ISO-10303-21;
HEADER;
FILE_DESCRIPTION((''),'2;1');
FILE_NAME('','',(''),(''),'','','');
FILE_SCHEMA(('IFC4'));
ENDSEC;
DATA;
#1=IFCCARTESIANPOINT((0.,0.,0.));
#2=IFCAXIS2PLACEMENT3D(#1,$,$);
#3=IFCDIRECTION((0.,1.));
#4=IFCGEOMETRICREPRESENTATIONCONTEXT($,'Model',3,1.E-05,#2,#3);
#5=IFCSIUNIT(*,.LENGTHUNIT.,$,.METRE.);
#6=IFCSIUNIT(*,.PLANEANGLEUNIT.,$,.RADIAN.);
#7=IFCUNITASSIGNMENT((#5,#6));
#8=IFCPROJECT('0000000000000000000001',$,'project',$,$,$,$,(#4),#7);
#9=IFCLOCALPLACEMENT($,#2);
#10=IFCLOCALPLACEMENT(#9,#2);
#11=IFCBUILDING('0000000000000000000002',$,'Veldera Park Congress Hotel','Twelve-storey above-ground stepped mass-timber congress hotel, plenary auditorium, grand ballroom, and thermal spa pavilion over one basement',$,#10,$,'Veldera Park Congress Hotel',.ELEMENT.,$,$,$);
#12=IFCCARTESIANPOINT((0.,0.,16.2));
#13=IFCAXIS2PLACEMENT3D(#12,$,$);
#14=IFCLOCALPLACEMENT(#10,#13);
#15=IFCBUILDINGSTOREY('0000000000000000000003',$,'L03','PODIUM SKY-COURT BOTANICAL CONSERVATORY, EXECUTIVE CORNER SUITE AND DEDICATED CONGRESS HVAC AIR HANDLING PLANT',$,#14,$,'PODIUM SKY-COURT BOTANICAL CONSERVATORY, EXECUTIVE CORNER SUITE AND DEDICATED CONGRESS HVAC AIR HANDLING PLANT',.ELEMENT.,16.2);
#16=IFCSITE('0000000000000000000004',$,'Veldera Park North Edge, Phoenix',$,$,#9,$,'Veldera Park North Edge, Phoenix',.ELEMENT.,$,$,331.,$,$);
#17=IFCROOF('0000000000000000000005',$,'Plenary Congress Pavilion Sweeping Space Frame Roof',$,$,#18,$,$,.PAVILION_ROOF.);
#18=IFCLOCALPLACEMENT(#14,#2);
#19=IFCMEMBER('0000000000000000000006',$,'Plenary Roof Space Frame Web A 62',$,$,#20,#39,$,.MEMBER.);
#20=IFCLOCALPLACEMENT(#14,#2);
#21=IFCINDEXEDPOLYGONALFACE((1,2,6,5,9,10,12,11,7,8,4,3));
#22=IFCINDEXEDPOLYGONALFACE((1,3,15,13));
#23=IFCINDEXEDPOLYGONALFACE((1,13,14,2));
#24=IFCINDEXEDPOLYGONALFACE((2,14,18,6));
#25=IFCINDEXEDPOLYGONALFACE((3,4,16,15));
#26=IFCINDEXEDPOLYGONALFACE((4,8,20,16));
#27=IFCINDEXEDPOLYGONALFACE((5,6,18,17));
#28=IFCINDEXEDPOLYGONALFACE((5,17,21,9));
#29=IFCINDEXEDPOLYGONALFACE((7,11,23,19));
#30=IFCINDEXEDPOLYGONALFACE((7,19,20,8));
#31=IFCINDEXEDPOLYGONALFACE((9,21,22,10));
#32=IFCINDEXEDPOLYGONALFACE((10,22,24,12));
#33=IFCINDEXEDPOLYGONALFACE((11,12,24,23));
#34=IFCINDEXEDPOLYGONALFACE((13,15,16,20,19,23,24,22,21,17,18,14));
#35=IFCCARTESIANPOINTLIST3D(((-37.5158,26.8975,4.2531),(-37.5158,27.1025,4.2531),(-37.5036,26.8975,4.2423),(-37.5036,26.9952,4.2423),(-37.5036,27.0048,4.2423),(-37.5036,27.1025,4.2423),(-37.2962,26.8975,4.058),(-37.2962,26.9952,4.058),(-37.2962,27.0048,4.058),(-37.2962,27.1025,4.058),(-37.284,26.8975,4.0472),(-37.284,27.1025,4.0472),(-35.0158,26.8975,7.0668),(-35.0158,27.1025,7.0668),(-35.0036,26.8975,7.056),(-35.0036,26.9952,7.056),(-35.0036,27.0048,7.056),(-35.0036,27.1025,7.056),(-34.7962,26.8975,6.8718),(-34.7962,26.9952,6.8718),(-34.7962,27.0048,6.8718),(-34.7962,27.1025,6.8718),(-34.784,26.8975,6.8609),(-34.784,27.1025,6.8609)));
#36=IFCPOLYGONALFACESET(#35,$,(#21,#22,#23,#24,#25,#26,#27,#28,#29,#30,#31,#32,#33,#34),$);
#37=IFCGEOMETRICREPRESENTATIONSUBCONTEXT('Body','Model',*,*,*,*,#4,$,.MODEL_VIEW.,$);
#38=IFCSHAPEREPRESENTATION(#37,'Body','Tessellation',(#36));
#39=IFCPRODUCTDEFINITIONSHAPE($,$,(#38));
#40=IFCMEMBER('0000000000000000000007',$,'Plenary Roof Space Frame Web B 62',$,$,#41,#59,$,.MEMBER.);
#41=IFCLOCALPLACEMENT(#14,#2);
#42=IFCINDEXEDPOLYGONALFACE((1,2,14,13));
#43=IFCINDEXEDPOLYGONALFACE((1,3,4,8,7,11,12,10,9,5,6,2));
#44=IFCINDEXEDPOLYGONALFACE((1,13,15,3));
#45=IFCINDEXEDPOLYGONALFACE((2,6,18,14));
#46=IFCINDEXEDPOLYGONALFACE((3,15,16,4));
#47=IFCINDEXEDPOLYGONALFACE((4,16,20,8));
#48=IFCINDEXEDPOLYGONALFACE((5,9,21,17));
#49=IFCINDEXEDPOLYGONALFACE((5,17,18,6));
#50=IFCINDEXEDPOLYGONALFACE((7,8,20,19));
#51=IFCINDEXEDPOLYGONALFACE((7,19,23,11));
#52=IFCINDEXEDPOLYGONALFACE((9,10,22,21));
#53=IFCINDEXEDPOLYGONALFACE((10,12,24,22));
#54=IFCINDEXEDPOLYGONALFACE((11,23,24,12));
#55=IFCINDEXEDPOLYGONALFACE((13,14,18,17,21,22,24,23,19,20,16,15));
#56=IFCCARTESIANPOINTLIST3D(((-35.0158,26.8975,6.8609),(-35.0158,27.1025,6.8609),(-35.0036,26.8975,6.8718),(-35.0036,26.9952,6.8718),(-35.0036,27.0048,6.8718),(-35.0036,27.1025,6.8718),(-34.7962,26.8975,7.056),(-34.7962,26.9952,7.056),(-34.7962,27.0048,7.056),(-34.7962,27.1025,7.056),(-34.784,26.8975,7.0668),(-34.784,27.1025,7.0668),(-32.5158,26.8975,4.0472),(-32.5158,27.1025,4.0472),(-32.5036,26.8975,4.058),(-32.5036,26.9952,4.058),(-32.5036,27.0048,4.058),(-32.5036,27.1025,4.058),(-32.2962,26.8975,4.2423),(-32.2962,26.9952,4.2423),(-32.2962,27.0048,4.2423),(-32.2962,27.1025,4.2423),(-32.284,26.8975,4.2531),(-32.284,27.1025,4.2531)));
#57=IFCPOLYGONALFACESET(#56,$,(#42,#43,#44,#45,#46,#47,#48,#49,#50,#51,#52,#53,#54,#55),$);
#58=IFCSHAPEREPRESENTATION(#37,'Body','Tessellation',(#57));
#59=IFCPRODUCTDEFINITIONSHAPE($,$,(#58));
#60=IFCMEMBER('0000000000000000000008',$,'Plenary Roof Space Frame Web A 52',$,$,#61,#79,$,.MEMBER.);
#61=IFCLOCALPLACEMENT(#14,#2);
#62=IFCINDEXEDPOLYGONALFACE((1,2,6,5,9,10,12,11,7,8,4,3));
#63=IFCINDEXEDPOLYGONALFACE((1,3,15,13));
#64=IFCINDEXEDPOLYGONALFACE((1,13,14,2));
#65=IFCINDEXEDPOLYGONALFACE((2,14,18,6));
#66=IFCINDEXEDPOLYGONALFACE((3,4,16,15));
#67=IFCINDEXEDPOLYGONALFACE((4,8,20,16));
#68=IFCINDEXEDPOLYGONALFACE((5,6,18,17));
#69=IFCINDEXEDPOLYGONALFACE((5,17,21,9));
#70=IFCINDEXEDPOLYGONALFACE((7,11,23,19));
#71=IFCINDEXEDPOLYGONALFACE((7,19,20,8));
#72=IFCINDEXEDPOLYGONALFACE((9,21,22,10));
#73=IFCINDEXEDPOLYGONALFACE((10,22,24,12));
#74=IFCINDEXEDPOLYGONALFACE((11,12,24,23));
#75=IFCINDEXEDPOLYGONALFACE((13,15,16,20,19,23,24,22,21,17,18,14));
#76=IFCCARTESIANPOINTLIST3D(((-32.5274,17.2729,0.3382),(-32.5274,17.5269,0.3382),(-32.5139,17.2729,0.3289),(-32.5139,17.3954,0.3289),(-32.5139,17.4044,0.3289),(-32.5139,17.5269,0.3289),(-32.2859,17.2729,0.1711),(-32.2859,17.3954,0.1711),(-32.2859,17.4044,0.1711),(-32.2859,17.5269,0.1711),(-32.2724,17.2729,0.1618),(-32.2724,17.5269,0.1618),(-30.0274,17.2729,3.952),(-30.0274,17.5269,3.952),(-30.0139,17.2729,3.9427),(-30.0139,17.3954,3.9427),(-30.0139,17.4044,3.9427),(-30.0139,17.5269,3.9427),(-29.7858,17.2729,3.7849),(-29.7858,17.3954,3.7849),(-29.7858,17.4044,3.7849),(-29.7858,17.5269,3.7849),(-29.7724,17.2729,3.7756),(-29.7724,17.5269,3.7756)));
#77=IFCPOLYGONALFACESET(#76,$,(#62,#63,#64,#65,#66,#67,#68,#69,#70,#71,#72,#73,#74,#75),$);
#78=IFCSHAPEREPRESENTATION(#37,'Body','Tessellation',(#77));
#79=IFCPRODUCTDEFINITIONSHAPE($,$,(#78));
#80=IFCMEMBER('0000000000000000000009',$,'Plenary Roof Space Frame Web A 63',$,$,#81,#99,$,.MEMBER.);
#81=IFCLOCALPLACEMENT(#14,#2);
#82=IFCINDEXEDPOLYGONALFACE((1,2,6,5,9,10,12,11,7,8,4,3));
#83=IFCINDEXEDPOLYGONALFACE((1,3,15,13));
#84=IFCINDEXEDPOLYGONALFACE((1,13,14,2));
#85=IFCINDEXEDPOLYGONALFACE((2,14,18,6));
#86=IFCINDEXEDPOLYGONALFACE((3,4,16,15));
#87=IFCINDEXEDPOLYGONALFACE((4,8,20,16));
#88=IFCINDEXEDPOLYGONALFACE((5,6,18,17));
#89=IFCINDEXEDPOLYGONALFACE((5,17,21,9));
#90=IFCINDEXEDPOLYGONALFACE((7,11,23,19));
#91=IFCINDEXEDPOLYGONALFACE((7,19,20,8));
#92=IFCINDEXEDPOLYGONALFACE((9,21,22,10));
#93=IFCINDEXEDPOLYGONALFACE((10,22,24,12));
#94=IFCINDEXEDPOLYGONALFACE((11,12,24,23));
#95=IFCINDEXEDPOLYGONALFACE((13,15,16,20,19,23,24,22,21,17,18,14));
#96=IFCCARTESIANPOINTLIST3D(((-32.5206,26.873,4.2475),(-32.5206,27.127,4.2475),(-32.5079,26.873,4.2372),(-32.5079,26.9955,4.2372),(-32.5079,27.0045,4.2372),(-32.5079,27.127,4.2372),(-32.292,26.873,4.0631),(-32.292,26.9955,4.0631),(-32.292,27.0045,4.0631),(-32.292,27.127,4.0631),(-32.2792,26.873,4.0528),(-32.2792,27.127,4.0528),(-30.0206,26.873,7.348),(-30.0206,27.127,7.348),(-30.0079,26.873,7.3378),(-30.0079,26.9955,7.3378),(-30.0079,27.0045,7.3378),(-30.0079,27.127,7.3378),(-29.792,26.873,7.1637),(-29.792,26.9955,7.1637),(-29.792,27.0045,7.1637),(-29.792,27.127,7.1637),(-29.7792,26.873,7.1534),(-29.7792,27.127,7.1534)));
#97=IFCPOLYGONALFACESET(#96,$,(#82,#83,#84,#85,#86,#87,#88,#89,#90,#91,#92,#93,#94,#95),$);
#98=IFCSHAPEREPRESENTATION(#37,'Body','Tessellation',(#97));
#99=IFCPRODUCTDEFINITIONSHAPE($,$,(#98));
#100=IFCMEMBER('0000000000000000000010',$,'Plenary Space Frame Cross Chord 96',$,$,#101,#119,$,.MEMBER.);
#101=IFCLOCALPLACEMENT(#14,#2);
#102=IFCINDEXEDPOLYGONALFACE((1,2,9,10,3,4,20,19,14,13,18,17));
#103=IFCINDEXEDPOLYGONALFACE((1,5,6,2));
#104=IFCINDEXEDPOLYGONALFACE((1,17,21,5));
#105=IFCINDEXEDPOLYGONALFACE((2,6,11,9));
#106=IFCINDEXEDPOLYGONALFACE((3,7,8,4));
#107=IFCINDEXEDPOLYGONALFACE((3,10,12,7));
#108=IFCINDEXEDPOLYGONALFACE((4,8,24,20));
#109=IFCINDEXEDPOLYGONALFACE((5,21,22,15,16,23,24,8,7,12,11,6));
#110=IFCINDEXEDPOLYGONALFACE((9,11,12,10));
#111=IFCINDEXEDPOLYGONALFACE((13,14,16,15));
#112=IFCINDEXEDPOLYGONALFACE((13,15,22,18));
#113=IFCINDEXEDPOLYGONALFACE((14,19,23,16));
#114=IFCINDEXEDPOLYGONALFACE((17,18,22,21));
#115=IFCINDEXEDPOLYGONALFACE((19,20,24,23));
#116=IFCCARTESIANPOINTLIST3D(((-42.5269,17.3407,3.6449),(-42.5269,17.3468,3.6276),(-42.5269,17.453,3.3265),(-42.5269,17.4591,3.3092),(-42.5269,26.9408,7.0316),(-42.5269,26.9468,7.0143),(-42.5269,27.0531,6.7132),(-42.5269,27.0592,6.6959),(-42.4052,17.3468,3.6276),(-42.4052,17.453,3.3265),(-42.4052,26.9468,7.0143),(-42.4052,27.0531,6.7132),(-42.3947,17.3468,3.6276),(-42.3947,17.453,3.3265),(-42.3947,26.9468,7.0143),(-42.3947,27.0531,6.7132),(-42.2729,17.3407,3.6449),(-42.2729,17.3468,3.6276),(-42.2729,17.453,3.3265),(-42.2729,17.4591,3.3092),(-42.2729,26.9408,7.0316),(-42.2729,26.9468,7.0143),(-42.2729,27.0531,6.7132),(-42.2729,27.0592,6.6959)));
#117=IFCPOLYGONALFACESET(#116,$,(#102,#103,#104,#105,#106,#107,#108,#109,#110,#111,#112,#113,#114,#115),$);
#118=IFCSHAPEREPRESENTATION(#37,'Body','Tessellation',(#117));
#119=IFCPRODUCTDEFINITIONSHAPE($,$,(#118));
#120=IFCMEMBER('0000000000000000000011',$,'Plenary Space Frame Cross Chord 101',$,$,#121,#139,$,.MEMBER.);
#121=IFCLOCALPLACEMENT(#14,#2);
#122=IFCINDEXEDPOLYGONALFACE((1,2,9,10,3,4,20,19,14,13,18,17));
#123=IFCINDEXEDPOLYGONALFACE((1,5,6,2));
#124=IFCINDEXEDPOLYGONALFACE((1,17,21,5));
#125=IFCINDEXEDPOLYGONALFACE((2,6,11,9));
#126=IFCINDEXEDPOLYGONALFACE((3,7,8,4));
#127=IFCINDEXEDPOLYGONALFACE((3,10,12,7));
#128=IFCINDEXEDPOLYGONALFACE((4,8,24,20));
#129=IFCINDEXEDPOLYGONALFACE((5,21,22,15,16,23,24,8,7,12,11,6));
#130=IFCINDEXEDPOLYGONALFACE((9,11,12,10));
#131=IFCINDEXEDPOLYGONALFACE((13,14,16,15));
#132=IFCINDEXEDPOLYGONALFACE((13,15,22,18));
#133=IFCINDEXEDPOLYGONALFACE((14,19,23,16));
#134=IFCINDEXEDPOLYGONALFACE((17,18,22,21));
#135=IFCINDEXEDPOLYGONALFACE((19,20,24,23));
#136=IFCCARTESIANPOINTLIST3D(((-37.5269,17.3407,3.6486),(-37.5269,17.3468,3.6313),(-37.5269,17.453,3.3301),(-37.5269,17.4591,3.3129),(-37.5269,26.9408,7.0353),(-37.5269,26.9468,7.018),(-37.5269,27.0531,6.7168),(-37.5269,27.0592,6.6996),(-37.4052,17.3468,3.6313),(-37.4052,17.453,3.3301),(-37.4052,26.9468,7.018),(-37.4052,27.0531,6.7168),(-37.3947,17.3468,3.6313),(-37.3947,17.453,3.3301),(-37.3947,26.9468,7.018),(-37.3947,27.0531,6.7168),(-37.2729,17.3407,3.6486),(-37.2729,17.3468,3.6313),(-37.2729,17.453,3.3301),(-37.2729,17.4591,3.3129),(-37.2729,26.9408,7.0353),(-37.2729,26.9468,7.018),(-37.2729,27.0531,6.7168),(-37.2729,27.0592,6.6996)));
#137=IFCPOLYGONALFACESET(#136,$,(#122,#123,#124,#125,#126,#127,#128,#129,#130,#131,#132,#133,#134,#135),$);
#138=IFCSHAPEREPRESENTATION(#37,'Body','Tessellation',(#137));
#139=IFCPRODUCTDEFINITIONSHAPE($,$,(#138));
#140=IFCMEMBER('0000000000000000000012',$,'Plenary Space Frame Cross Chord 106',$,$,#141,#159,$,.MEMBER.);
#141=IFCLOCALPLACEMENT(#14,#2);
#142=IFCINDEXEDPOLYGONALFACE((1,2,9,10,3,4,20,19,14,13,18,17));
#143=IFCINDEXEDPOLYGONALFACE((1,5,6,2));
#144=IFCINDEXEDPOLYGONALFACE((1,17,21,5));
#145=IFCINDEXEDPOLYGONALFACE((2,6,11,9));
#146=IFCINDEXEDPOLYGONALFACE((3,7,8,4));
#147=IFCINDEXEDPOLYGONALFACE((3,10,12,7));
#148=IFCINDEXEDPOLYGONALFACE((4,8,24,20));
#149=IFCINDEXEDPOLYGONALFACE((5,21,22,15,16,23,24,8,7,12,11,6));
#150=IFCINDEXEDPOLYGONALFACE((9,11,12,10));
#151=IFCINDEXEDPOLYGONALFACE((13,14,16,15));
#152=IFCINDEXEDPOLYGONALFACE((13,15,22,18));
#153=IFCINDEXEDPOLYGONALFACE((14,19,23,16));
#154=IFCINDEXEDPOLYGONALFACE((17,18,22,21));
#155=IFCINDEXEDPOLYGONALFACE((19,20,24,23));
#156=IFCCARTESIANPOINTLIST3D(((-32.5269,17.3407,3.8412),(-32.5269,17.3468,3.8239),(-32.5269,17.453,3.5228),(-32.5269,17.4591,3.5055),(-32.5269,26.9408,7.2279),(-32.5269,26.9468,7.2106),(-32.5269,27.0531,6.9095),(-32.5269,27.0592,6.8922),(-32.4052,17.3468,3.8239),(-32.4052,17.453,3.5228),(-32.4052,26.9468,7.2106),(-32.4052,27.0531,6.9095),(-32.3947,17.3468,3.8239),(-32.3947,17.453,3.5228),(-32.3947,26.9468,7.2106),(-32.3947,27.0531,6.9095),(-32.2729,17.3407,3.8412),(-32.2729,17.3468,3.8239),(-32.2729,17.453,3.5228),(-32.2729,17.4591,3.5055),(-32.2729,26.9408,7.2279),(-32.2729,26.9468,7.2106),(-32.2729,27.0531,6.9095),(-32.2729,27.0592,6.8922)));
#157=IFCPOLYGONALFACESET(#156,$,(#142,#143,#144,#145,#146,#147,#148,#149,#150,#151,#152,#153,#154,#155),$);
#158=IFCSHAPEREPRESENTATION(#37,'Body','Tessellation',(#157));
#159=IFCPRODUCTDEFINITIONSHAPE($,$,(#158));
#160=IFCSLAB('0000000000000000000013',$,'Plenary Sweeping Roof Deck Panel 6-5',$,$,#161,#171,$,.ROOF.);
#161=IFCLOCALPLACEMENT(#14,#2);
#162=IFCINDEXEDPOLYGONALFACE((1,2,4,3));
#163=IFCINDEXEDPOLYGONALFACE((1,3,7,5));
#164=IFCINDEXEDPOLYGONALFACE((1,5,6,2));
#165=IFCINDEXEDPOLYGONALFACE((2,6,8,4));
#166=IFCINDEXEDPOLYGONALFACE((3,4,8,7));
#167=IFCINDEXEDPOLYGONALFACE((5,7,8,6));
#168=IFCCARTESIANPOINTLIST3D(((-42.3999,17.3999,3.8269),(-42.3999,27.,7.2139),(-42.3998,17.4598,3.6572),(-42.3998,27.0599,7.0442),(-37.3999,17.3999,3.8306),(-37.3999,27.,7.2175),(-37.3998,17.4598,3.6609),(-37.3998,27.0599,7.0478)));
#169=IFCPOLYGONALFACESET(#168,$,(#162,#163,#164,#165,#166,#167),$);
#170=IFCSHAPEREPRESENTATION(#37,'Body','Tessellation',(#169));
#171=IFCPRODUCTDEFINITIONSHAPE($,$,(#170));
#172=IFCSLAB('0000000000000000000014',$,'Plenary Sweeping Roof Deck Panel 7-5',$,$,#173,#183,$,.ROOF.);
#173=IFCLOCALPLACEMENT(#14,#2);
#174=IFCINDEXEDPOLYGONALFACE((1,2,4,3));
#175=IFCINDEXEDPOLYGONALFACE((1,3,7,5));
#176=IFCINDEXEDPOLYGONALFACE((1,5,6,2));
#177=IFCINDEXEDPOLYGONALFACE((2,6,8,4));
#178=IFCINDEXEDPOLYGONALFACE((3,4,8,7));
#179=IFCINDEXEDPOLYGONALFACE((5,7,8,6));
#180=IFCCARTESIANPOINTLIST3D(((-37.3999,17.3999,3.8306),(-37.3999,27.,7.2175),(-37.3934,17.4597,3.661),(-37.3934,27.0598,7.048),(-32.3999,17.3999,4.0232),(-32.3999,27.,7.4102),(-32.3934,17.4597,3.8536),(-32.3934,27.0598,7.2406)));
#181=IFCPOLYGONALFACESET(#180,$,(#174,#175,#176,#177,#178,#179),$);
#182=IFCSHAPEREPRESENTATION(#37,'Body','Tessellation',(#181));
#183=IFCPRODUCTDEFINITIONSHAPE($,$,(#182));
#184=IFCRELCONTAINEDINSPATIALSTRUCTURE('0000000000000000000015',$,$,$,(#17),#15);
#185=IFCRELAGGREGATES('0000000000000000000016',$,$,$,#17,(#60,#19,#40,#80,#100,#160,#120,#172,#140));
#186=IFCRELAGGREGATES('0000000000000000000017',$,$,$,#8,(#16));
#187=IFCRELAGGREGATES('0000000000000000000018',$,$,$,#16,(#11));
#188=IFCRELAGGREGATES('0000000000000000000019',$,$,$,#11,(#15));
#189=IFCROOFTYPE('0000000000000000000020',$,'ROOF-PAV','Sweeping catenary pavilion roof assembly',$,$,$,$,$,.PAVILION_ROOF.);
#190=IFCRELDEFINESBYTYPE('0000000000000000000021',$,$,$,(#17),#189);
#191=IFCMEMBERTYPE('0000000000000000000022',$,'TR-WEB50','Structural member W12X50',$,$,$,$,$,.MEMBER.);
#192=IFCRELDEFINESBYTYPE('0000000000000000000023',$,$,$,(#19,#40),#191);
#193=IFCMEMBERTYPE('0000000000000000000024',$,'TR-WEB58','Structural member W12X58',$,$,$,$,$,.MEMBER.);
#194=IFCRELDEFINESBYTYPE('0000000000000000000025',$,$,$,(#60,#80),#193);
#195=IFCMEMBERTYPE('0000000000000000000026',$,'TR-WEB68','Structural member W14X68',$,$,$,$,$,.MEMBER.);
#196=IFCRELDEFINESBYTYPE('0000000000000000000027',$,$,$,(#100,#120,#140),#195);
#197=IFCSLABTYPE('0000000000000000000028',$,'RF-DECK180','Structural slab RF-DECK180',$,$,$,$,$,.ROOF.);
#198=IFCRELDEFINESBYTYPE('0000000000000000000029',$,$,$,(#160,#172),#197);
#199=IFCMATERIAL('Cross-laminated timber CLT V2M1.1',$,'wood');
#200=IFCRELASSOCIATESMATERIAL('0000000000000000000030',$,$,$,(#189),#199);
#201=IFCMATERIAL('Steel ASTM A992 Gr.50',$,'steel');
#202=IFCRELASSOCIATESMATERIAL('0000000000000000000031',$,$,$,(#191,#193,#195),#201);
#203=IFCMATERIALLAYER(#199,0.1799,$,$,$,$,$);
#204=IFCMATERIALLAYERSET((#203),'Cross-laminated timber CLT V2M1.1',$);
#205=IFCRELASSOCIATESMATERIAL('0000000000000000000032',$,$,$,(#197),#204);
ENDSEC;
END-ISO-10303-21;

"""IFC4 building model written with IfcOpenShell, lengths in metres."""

from ifc_helpers import new_model, si_unit, direction, frame, origin, origin_2d, place, context, subcontext, project, spatial, polyline, i_section, outline, extrude, material, layer, layer_set, material_profile, profile_set, type_object, element, aggregate, save


model = new_model("IFC4")

# Units and contexts
model_context = context("Model", 3, precision=1e-05, world=origin(), true_north=direction((0.0, 1.0)))
body_context = subcontext(model_context, "Body", "Model", "MODEL_VIEW")
ifc_project = project(units=[si_unit("LENGTHUNIT", "METRE"), si_unit("PLANEANGLEUNIT", "RADIAN")], contexts=[model_context])

# Site, building, storey
site_placement = place(None, origin())
site = spatial("IfcSite", under=ifc_project, at=site_placement, Name="Veldera Park North Edge, Phoenix", LongName="Veldera Park North Edge, Phoenix", CompositionType="ELEMENT", RefElevation=331.0)
building_placement = place(site_placement, origin())
building = spatial("IfcBuilding", under=site, at=building_placement, Name="Veldera Park Congress Hotel", Description="Twelve-storey above-ground stepped mass-timber congress hotel, plenary auditorium, grand ballroom, and thermal spa pavilion over one basement", LongName="Veldera Park Congress Hotel", CompositionType="ELEMENT")
storey_placement = place(building_placement, frame((0.0, 0.0, 16.2)))
storey = spatial("IfcBuildingStorey", under=building, at=storey_placement, Name="L03", Description="PODIUM SKY-COURT BOTANICAL CONSERVATORY, EXECUTIVE CORNER SUITE AND DEDICATED CONGRESS HVAC AIR HANDLING PLANT", LongName="PODIUM SKY-COURT BOTANICAL CONSERVATORY, EXECUTIVE CORNER SUITE AND DEDICATED CONGRESS HVAC AIR HANDLING PLANT", CompositionType="ELEMENT", Elevation=16.2)

# Roof, members, slabs
ifc_material_1 = material(Name="Cross-laminated timber CLT V2M1.1", Category="wood")
roof_type = type_object("IfcRoofType", Name="ROOF-PAV", Description="Sweeping catenary pavilion roof assembly", PredefinedType="PAVILION_ROOF", material=ifc_material_1)
roof_placement = place(storey_placement, origin())
roof = element("IfcRoof", 1, at=roof_placement, inside=storey, type_object=roof_type, Name="Plenary Congress Pavilion Sweeping Space Frame Roof", PredefinedType="PAVILION_ROOF")
ifc_material_2 = material(Name="Steel ASTM A992 Gr.50", Category="steel")
ifc_material_profile_1 = material_profile(ifc_material_2, i_section(OverallWidth=0.2051, OverallDepth=0.3101, WebThickness=0.0095, FlangeThickness=0.0164, at=origin_2d()), Name="W12X50")
ifc_profile_set_1 = profile_set([ifc_material_profile_1], Name="Steel ASTM A992 Gr.50")
member_type_1 = type_object("IfcMemberType", Name="TR-WEB50", Description="Structural member W12X50", PredefinedType="MEMBER", material=ifc_profile_set_1)
member_1_placement = place(storey_placement, frame((-37.3999, 27.0, 4.1501), z_axis=(0.664203, 0.0, 0.747552), x_axis=(0.0, 1.0, 0.0)))
member_1 = element("IfcMember", 2, at=member_1_placement, type_object=member_type_1, Name="Plenary Roof Space Frame Web A 62", PredefinedType="MEMBER", context=body_context, shape_type="SweptSolid", body=[
    extrude(i_section(OverallWidth=0.2051, OverallDepth=0.3101, WebThickness=0.0095, FlangeThickness=0.0164, at=origin_2d()), origin(), (0.0, 0.0, 1.0), 3.7639),
])
member_2_placement = place(storey_placement, frame((-32.3999, 27.0, 4.1501), z_axis=(-0.664203, 0.0, 0.747552), x_axis=(0.0, -1.0, 0.0)))
member_2 = element("IfcMember", 3, at=member_2_placement, type_object=member_type_1, Name="Plenary Roof Space Frame Web B 62", PredefinedType="MEMBER", context=body_context, shape_type="SweptSolid", body=[
    extrude(i_section(OverallWidth=0.2051, OverallDepth=0.3101, WebThickness=0.0095, FlangeThickness=0.0164, at=origin_2d()), origin(), (0.0, 0.0, 1.0), 3.7639),
])
ifc_material_profile_2 = material_profile(ifc_material_2, i_section(OverallWidth=0.2539, OverallDepth=0.3101, WebThickness=0.009, FlangeThickness=0.0164, at=origin_2d()), Name="W12X58")
ifc_profile_set_2 = profile_set([ifc_material_profile_2], Name="Steel ASTM A992 Gr.50")
member_type_2 = type_object("IfcMemberType", Name="TR-WEB58", Description="Structural member W12X58", PredefinedType="MEMBER", material=ifc_profile_set_2)
member_3_placement = place(storey_placement, frame((-32.3999, 17.3999, 0.25), z_axis=(0.568927, 0.0, 0.822388), x_axis=(0.0, 1.0, 0.0)))
member_3 = element("IfcMember", 4, at=member_3_placement, type_object=member_type_2, Name="Plenary Roof Space Frame Web A 52", PredefinedType="MEMBER", context=body_context, shape_type="SweptSolid", body=[
    extrude(i_section(OverallWidth=0.2539, OverallDepth=0.3101, WebThickness=0.009, FlangeThickness=0.0164, at=origin_2d()), origin(), (0.0, 0.0, 1.0), 4.3943),
])
member_4_placement = place(storey_placement, frame((-32.3999, 27.0, 4.1501), z_axis=(0.627681, 0.0, 0.778471), x_axis=(0.0, 1.0, 0.0)))
member_4 = element("IfcMember", 5, at=member_4_placement, type_object=member_type_2, Name="Plenary Roof Space Frame Web A 63", PredefinedType="MEMBER", context=body_context, shape_type="SweptSolid", body=[
    extrude(i_section(OverallWidth=0.2539, OverallDepth=0.3101, WebThickness=0.009, FlangeThickness=0.0164, at=origin_2d()), origin(), (0.0, 0.0, 1.0), 3.9829),
])
ifc_material_profile_3 = material_profile(ifc_material_2, i_section(OverallWidth=0.2539, OverallDepth=0.356, WebThickness=0.0105, FlangeThickness=0.0183, at=origin_2d()), Name="W14X68")
ifc_profile_set_3 = profile_set([ifc_material_profile_3], Name="Steel ASTM A992 Gr.50")
member_type_3 = type_object("IfcMemberType", Name="TR-WEB68", Description="Structural member W14X68", PredefinedType="MEMBER", material=ifc_profile_set_3)
member_5_placement = place(storey_placement, frame((-42.3999, 17.3999, 3.4771), z_axis=(0.0, 0.943038, 0.332685), x_axis=(-1.0, 0.0, 0.0)))
member_5 = element("IfcMember", 6, at=member_5_placement, type_object=member_type_3, Name="Plenary Space Frame Cross Chord 96", PredefinedType="MEMBER", context=body_context, shape_type="SweptSolid", body=[
    extrude(i_section(OverallWidth=0.2539, OverallDepth=0.356, WebThickness=0.0105, FlangeThickness=0.0183, at=origin_2d()), origin(), (0.0, 0.0, 1.0), 10.1799),
])
member_6_placement = place(storey_placement, frame((-37.3999, 17.3999, 3.4807), z_axis=(0.0, 0.943038, 0.332685), x_axis=(-1.0, 0.0, 0.0)))
member_6 = element("IfcMember", 7, at=member_6_placement, type_object=member_type_3, Name="Plenary Space Frame Cross Chord 101", PredefinedType="MEMBER", context=body_context, shape_type="SweptSolid", body=[
    extrude(i_section(OverallWidth=0.2539, OverallDepth=0.356, WebThickness=0.0105, FlangeThickness=0.0183, at=origin_2d()), origin(), (0.0, 0.0, 1.0), 10.1799),
])
member_7_placement = place(storey_placement, frame((-32.3999, 17.3999, 3.6733), z_axis=(0.0, 0.943038, 0.332685), x_axis=(-1.0, 0.0, 0.0)))
member_7 = element("IfcMember", 8, at=member_7_placement, type_object=member_type_3, Name="Plenary Space Frame Cross Chord 106", PredefinedType="MEMBER", context=body_context, shape_type="SweptSolid", body=[
    extrude(i_section(OverallWidth=0.2539, OverallDepth=0.356, WebThickness=0.0105, FlangeThickness=0.0183, at=origin_2d()), origin(), (0.0, 0.0, 1.0), 10.1799),
])
ifc_layer_1 = layer(ifc_material_1, 0.1799)
ifc_layer_set_1 = layer_set([ifc_layer_1], Name="Cross-laminated timber CLT V2M1.1")
slab_type = type_object("IfcSlabType", Name="RF-DECK180", Description="Structural slab RF-DECK180", PredefinedType="ROOF", material=ifc_layer_set_1)
slab_1_placement = place(storey_placement, frame((-42.3999, 17.3999, 3.8269), z_axis=(-0.000691, -0.332706, 0.94303), x_axis=(1.0, 0.0, 0.000732)))
slab_1 = element("IfcSlab", 9, at=slab_1_placement, type_object=slab_type, Name="Plenary Sweeping Roof Deck Panel 6-5", PredefinedType="ROOF", context=body_context, shape_type="SweptSolid", body=[
    extrude(outline(polyline([(0.0, 0.0), (5.0, 0.0), (5.0025, 10.18), (0.0025, 10.18), (0.0, 0.0)])), origin(), (0.0, 0.0, -1.0), 0.1799),
])
slab_2_placement = place(storey_placement, frame((-37.3999, 17.3999, 3.8306), z_axis=(-0.036307, -0.332487, 0.942409), x_axis=(0.999259, 0.0, 0.038497)))
slab_2 = element("IfcSlab", 10, at=slab_2_placement, type_object=slab_type, Name="Plenary Sweeping Roof Deck Panel 7-5", PredefinedType="ROOF", context=body_context, shape_type="SweptSolid", body=[
    extrude(outline(polyline([(0.0, 0.0), (5.0037, 0.0), (5.1341, 10.1792), (0.1304, 10.1792), (0.0, 0.0)])), origin(), (0.0, 0.0, -1.0), 0.1799),
])
aggregate(roof, [member_3, member_1, member_2, member_4, member_5, slab_1, member_6, slab_2, member_7])

save(model, "model.ifc")
